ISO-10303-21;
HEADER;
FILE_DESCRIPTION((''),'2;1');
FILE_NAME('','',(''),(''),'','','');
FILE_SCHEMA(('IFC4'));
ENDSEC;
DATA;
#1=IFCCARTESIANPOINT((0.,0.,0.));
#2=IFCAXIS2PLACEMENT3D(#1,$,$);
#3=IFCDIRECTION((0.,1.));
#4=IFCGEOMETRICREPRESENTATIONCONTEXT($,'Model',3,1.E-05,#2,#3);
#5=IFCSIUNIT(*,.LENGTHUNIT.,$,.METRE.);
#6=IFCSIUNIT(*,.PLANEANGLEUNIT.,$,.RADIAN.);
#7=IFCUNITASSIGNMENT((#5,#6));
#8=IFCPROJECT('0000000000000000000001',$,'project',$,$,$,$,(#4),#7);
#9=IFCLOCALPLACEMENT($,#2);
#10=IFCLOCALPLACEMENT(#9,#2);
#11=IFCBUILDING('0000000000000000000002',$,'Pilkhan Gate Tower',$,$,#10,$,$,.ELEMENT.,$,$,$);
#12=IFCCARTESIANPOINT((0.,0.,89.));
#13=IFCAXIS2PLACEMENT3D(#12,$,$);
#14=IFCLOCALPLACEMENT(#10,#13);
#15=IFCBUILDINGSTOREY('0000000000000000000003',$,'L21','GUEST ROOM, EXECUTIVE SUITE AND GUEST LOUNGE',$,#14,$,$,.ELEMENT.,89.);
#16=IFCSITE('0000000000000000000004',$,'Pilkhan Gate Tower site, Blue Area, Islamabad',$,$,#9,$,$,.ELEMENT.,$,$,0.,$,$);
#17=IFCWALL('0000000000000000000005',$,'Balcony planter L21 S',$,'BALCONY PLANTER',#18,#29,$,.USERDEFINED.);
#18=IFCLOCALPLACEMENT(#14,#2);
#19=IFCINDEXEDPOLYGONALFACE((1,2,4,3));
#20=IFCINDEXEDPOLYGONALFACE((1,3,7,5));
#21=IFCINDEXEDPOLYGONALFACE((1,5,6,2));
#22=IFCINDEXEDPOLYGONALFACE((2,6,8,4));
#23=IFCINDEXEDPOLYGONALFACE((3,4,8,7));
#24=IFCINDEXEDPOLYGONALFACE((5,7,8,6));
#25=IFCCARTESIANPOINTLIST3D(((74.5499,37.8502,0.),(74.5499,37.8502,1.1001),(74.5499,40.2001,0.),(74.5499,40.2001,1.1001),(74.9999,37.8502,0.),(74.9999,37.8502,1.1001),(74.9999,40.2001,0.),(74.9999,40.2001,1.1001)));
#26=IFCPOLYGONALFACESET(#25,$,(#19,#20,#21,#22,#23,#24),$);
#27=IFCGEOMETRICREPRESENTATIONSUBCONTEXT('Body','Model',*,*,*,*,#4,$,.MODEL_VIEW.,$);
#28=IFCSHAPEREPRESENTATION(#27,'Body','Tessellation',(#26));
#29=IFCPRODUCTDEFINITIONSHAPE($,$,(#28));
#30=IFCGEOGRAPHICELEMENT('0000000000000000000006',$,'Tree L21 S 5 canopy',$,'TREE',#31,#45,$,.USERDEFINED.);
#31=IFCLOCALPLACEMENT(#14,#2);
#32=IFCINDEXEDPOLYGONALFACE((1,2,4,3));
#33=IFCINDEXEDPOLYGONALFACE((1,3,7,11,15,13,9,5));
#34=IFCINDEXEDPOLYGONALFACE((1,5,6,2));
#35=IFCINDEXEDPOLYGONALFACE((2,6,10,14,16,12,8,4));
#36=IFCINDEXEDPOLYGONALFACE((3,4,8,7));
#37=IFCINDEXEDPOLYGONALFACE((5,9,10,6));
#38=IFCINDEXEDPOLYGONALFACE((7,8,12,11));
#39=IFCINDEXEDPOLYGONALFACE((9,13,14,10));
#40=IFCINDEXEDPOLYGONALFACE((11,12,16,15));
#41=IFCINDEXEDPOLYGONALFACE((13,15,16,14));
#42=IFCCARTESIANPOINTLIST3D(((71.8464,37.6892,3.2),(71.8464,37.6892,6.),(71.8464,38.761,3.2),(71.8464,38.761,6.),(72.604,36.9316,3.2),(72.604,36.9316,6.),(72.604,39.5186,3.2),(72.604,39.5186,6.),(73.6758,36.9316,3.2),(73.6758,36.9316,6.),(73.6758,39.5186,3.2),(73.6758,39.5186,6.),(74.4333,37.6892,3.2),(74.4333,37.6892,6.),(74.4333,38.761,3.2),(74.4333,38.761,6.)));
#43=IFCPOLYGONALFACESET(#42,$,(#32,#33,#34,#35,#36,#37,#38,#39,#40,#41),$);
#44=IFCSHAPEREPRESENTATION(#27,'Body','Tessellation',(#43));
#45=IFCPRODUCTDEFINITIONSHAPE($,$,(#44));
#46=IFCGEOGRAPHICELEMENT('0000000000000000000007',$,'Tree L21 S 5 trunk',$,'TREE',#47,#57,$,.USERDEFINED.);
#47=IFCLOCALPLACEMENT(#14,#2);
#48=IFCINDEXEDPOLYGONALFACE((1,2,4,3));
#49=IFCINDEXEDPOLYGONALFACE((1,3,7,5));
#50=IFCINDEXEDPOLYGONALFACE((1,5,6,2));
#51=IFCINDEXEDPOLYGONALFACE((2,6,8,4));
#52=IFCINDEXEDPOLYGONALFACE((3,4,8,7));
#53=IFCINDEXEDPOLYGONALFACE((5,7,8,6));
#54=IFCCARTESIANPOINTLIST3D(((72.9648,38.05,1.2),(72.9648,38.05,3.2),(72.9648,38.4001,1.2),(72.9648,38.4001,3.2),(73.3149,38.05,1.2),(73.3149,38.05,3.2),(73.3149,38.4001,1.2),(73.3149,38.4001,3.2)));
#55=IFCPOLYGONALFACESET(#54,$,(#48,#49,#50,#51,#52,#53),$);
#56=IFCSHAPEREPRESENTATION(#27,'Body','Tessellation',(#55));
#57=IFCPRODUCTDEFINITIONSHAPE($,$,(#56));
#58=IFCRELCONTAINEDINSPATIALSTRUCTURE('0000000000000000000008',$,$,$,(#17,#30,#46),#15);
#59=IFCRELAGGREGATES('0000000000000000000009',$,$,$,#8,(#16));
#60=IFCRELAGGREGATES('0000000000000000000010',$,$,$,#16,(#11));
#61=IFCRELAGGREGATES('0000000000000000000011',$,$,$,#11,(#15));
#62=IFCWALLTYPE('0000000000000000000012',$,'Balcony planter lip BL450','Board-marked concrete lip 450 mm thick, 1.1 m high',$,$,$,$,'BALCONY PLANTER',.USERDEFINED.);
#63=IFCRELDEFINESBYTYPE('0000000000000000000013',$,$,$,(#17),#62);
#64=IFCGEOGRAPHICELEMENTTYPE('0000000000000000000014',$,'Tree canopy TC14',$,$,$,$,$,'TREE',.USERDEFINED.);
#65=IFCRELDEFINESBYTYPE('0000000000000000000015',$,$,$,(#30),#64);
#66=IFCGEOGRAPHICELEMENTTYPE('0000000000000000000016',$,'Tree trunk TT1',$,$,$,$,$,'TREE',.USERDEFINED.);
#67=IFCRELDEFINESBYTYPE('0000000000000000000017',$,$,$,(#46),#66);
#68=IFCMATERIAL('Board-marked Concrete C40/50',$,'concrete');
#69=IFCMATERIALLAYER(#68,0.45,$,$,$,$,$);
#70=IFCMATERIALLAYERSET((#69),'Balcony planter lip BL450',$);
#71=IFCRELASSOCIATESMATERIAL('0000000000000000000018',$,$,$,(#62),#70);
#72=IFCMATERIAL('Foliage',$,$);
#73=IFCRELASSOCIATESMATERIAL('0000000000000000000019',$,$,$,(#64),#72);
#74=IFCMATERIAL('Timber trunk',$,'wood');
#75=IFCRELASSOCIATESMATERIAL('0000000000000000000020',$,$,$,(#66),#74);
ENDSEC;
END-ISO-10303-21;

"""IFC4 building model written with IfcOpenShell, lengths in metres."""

from ifc_helpers import new_model, si_unit, direction, frame, frame_2d, origin, origin_2d, place, context, subcontext, project, spatial, polyline, rectangle, outline, extrude, material, layer, layer_set, material_profile, profile_set, type_object, element, save


model = new_model("IFC4")

# Units and contexts
model_context = context("Model", 3, precision=1e-05, world=origin(), true_north=direction((0.0, 1.0)))
body_context = subcontext(model_context, "Body", "Model", "MODEL_VIEW")
ifc_project = project(units=[si_unit("LENGTHUNIT", "METRE"), si_unit("PLANEANGLEUNIT", "RADIAN")], contexts=[model_context])

# Site, building, storey
site_placement = place(None, origin())
site = spatial("IfcSite", under=ifc_project, at=site_placement, Name="Pilkhan Gate Tower site, Blue Area, Islamabad", CompositionType="ELEMENT", RefElevation=0.0)
building_placement = place(site_placement, origin())
building = spatial("IfcBuilding", under=site, at=building_placement, Name="Pilkhan Gate Tower", CompositionType="ELEMENT")
storey_placement = place(building_placement, frame((0.0, 0.0, 89.0)))
storey = spatial("IfcBuildingStorey", under=building, at=storey_placement, Name="L21", Description="GUEST ROOM, EXECUTIVE SUITE AND GUEST LOUNGE", CompositionType="ELEMENT", Elevation=89.0)

# Wall
ifc_material_1 = material(Name="Board-marked Concrete C40/50", Category="concrete")
ifc_layer_1 = layer(ifc_material_1, 0.45)
ifc_layer_set_1 = layer_set([ifc_layer_1], Name="Balcony planter lip BL450")
wall_type_1 = type_object("IfcWallType", Name="Balcony planter lip BL450", Description="Board-marked concrete lip 450 mm thick, 1.1 m high", ElementType="BALCONY PLANTER", PredefinedType="USERDEFINED", material=ifc_layer_set_1)
wall_1_placement = place(storey_placement, frame((74.7749, 40.2, 0.0), z_axis=(0.0, 0.0, 1.0), x_axis=(0.0, -1.0, 0.0)))
element("IfcWall", 1, at=wall_1_placement, inside=storey, type_object=wall_type_1, Name="Balcony planter L21 S", ObjectType="BALCONY PLANTER", PredefinedType="USERDEFINED", context=body_context, shape_type="SweptSolid", body=[
    extrude(rectangle(XDim=2.3499, YDim=0.45, at=frame_2d((1.1748, 0.0))), origin(), (0.0, 0.0, 1.0), 1.1001),
])

# Geographic elements
ifc_material_2 = material(Name="Foliage")
ifc_material_profile_1 = material_profile(ifc_material_2, outline(polyline([(1.2935, 0.5359), (0.5359, 1.2935), (-0.5359, 1.2935), (-1.2935, 0.5359), (-1.2935, -0.5359), (-0.5359, -1.2935), (0.5359, -1.2935), (1.2935, -0.5359), (1.2935, 0.5359)])), Name="Canopy D2.8")
ifc_profile_set_1 = profile_set([ifc_material_profile_1], Name="Foliage")
geographic_element_type_1 = type_object("IfcGeographicElementType", Name="Tree canopy TC14", ElementType="TREE", PredefinedType="USERDEFINED", material=ifc_profile_set_1)
geographic_element_1_placement = place(storey_placement, frame((73.1399, 38.2251, 3.2), z_axis=(0.0, 0.0, 1.0), x_axis=(1.0, 0.0, 0.0)))
element("IfcGeographicElement", 2, at=geographic_element_1_placement, inside=storey, type_object=geographic_element_type_1, Name="Tree L21 S 5 canopy", ObjectType="TREE", PredefinedType="USERDEFINED", context=body_context, shape_type="SweptSolid", body=[
    extrude(outline(polyline([(1.2935, 0.5359), (0.5359, 1.2935), (-0.5359, 1.2935), (-1.2935, 0.5359), (-1.2935, -0.5359), (-0.5359, -1.2935), (0.5359, -1.2935), (1.2935, -0.5359), (1.2935, 0.5359)])), origin(), (0.0, 0.0, 1.0), 2.8),
])
ifc_material_3 = material(Name="Timber trunk", Category="wood")
geographic_element_type_2 = type_object("IfcGeographicElementType", Name="Tree trunk TT1", ElementType="TREE", PredefinedType="USERDEFINED", material=ifc_material_3)
geographic_element_2_placement = place(storey_placement, frame((73.1399, 38.2251, 1.2), z_axis=(0.0, 0.0, 1.0), x_axis=(1.0, 0.0, 0.0)))
element("IfcGeographicElement", 3, at=geographic_element_2_placement, inside=storey, type_object=geographic_element_type_2, Name="Tree L21 S 5 trunk", ObjectType="TREE", PredefinedType="USERDEFINED", context=body_context, shape_type="SweptSolid", body=[
    extrude(rectangle(XDim=0.3501, YDim=0.3501, at=origin_2d()), origin(), (0.0, 0.0, 1.0), 2.0),
])

save(model, "model.ifc")
